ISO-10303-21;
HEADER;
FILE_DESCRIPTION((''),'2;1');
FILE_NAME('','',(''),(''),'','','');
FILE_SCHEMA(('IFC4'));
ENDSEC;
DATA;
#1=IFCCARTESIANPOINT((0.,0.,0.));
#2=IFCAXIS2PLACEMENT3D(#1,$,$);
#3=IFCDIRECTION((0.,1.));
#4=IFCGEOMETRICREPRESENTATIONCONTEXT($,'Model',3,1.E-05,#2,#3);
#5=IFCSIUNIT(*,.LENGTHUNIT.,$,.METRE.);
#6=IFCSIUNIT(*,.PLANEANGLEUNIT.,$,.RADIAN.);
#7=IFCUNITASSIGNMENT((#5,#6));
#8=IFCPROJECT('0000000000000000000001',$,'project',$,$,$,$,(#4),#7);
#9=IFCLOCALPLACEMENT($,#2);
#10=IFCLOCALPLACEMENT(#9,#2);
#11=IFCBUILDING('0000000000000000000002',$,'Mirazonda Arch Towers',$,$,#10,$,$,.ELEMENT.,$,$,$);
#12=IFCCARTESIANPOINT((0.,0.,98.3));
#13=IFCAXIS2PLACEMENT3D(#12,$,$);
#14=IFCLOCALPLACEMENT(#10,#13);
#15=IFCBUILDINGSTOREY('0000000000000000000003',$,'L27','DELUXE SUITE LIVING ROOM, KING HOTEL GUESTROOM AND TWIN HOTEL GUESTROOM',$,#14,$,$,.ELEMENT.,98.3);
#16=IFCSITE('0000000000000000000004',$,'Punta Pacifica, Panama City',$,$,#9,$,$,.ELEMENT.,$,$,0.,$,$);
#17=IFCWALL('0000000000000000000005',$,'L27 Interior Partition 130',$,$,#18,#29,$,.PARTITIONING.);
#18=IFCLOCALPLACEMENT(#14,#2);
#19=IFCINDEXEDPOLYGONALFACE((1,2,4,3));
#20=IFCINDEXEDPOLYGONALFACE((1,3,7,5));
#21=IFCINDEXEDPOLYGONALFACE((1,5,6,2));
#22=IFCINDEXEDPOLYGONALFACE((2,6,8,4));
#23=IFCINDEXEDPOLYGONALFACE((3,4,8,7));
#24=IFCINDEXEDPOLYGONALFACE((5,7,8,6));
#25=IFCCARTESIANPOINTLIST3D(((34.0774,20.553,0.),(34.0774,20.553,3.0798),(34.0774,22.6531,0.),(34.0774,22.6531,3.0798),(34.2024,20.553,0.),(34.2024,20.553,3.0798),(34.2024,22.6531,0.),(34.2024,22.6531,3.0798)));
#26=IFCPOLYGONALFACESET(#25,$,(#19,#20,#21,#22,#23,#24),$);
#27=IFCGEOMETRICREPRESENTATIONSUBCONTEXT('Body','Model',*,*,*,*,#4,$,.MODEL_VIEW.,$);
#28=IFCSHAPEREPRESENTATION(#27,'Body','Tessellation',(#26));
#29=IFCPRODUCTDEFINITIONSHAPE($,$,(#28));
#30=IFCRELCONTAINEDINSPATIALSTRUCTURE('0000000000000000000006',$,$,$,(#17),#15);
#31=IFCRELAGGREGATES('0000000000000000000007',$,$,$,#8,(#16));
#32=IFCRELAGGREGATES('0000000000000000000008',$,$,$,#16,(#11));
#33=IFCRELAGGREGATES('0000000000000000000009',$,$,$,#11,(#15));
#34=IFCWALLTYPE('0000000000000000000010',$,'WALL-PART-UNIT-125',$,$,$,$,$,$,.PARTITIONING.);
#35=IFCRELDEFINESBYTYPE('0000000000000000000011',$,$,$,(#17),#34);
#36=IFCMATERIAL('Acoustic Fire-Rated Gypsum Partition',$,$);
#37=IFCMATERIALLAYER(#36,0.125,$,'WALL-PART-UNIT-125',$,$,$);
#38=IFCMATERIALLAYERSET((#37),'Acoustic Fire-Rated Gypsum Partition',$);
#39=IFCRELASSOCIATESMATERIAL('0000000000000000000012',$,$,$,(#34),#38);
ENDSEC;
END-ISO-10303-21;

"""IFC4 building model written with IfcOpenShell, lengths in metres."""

from ifc_helpers import new_model, si_unit, direction, frame, frame_2d, origin, place, context, subcontext, project, spatial, rectangle, extrude, material, layer, layer_set, type_object, element, save


model = new_model("IFC4")

# Units and contexts
model_context = context("Model", 3, precision=1e-05, world=origin(), true_north=direction((0.0, 1.0)))
body_context = subcontext(model_context, "Body", "Model", "MODEL_VIEW")
ifc_project = project(units=[si_unit("LENGTHUNIT", "METRE"), si_unit("PLANEANGLEUNIT", "RADIAN")], contexts=[model_context])

# Site, building, storey
site_placement = place(None, origin())
site = spatial("IfcSite", under=ifc_project, at=site_placement, Name="Punta Pacifica, Panama City", CompositionType="ELEMENT", RefElevation=0.0)
building_placement = place(site_placement, origin())
building = spatial("IfcBuilding", under=site, at=building_placement, Name="Mirazonda Arch Towers", CompositionType="ELEMENT")
storey_placement = place(building_placement, frame((0.0, 0.0, 98.3)))
storey = spatial("IfcBuildingStorey", under=building, at=storey_placement, Name="L27", Description="DELUXE SUITE LIVING ROOM, KING HOTEL GUESTROOM AND TWIN HOTEL GUESTROOM", CompositionType="ELEMENT", Elevation=98.3)

# Wall
ifc_material_1 = material(Name="Acoustic Fire-Rated Gypsum Partition")
ifc_layer_1 = layer(ifc_material_1, 0.125, Name="WALL-PART-UNIT-125")
ifc_layer_set_1 = layer_set([ifc_layer_1], Name="Acoustic Fire-Rated Gypsum Partition")
wall_type_1 = type_object("IfcWallType", Name="WALL-PART-UNIT-125", PredefinedType="PARTITIONING", material=ifc_layer_set_1)
wall_1_placement = place(storey_placement, frame((34.1399, 20.553, 0.0), z_axis=(0.0, 0.0, 1.0), x_axis=(0.0, 1.0, 0.0)))
element("IfcWall", 1, at=wall_1_placement, inside=storey, type_object=wall_type_1, Name="L27 Interior Partition 130", PredefinedType="PARTITIONING", context=body_context, shape_type="SweptSolid", body=[
    extrude(rectangle(XDim=2.1001, YDim=0.125, at=frame_2d((1.05, 0.0))), origin(), (0.0, 0.0, 1.0), 3.0798),
])

save(model, "model.ifc")
